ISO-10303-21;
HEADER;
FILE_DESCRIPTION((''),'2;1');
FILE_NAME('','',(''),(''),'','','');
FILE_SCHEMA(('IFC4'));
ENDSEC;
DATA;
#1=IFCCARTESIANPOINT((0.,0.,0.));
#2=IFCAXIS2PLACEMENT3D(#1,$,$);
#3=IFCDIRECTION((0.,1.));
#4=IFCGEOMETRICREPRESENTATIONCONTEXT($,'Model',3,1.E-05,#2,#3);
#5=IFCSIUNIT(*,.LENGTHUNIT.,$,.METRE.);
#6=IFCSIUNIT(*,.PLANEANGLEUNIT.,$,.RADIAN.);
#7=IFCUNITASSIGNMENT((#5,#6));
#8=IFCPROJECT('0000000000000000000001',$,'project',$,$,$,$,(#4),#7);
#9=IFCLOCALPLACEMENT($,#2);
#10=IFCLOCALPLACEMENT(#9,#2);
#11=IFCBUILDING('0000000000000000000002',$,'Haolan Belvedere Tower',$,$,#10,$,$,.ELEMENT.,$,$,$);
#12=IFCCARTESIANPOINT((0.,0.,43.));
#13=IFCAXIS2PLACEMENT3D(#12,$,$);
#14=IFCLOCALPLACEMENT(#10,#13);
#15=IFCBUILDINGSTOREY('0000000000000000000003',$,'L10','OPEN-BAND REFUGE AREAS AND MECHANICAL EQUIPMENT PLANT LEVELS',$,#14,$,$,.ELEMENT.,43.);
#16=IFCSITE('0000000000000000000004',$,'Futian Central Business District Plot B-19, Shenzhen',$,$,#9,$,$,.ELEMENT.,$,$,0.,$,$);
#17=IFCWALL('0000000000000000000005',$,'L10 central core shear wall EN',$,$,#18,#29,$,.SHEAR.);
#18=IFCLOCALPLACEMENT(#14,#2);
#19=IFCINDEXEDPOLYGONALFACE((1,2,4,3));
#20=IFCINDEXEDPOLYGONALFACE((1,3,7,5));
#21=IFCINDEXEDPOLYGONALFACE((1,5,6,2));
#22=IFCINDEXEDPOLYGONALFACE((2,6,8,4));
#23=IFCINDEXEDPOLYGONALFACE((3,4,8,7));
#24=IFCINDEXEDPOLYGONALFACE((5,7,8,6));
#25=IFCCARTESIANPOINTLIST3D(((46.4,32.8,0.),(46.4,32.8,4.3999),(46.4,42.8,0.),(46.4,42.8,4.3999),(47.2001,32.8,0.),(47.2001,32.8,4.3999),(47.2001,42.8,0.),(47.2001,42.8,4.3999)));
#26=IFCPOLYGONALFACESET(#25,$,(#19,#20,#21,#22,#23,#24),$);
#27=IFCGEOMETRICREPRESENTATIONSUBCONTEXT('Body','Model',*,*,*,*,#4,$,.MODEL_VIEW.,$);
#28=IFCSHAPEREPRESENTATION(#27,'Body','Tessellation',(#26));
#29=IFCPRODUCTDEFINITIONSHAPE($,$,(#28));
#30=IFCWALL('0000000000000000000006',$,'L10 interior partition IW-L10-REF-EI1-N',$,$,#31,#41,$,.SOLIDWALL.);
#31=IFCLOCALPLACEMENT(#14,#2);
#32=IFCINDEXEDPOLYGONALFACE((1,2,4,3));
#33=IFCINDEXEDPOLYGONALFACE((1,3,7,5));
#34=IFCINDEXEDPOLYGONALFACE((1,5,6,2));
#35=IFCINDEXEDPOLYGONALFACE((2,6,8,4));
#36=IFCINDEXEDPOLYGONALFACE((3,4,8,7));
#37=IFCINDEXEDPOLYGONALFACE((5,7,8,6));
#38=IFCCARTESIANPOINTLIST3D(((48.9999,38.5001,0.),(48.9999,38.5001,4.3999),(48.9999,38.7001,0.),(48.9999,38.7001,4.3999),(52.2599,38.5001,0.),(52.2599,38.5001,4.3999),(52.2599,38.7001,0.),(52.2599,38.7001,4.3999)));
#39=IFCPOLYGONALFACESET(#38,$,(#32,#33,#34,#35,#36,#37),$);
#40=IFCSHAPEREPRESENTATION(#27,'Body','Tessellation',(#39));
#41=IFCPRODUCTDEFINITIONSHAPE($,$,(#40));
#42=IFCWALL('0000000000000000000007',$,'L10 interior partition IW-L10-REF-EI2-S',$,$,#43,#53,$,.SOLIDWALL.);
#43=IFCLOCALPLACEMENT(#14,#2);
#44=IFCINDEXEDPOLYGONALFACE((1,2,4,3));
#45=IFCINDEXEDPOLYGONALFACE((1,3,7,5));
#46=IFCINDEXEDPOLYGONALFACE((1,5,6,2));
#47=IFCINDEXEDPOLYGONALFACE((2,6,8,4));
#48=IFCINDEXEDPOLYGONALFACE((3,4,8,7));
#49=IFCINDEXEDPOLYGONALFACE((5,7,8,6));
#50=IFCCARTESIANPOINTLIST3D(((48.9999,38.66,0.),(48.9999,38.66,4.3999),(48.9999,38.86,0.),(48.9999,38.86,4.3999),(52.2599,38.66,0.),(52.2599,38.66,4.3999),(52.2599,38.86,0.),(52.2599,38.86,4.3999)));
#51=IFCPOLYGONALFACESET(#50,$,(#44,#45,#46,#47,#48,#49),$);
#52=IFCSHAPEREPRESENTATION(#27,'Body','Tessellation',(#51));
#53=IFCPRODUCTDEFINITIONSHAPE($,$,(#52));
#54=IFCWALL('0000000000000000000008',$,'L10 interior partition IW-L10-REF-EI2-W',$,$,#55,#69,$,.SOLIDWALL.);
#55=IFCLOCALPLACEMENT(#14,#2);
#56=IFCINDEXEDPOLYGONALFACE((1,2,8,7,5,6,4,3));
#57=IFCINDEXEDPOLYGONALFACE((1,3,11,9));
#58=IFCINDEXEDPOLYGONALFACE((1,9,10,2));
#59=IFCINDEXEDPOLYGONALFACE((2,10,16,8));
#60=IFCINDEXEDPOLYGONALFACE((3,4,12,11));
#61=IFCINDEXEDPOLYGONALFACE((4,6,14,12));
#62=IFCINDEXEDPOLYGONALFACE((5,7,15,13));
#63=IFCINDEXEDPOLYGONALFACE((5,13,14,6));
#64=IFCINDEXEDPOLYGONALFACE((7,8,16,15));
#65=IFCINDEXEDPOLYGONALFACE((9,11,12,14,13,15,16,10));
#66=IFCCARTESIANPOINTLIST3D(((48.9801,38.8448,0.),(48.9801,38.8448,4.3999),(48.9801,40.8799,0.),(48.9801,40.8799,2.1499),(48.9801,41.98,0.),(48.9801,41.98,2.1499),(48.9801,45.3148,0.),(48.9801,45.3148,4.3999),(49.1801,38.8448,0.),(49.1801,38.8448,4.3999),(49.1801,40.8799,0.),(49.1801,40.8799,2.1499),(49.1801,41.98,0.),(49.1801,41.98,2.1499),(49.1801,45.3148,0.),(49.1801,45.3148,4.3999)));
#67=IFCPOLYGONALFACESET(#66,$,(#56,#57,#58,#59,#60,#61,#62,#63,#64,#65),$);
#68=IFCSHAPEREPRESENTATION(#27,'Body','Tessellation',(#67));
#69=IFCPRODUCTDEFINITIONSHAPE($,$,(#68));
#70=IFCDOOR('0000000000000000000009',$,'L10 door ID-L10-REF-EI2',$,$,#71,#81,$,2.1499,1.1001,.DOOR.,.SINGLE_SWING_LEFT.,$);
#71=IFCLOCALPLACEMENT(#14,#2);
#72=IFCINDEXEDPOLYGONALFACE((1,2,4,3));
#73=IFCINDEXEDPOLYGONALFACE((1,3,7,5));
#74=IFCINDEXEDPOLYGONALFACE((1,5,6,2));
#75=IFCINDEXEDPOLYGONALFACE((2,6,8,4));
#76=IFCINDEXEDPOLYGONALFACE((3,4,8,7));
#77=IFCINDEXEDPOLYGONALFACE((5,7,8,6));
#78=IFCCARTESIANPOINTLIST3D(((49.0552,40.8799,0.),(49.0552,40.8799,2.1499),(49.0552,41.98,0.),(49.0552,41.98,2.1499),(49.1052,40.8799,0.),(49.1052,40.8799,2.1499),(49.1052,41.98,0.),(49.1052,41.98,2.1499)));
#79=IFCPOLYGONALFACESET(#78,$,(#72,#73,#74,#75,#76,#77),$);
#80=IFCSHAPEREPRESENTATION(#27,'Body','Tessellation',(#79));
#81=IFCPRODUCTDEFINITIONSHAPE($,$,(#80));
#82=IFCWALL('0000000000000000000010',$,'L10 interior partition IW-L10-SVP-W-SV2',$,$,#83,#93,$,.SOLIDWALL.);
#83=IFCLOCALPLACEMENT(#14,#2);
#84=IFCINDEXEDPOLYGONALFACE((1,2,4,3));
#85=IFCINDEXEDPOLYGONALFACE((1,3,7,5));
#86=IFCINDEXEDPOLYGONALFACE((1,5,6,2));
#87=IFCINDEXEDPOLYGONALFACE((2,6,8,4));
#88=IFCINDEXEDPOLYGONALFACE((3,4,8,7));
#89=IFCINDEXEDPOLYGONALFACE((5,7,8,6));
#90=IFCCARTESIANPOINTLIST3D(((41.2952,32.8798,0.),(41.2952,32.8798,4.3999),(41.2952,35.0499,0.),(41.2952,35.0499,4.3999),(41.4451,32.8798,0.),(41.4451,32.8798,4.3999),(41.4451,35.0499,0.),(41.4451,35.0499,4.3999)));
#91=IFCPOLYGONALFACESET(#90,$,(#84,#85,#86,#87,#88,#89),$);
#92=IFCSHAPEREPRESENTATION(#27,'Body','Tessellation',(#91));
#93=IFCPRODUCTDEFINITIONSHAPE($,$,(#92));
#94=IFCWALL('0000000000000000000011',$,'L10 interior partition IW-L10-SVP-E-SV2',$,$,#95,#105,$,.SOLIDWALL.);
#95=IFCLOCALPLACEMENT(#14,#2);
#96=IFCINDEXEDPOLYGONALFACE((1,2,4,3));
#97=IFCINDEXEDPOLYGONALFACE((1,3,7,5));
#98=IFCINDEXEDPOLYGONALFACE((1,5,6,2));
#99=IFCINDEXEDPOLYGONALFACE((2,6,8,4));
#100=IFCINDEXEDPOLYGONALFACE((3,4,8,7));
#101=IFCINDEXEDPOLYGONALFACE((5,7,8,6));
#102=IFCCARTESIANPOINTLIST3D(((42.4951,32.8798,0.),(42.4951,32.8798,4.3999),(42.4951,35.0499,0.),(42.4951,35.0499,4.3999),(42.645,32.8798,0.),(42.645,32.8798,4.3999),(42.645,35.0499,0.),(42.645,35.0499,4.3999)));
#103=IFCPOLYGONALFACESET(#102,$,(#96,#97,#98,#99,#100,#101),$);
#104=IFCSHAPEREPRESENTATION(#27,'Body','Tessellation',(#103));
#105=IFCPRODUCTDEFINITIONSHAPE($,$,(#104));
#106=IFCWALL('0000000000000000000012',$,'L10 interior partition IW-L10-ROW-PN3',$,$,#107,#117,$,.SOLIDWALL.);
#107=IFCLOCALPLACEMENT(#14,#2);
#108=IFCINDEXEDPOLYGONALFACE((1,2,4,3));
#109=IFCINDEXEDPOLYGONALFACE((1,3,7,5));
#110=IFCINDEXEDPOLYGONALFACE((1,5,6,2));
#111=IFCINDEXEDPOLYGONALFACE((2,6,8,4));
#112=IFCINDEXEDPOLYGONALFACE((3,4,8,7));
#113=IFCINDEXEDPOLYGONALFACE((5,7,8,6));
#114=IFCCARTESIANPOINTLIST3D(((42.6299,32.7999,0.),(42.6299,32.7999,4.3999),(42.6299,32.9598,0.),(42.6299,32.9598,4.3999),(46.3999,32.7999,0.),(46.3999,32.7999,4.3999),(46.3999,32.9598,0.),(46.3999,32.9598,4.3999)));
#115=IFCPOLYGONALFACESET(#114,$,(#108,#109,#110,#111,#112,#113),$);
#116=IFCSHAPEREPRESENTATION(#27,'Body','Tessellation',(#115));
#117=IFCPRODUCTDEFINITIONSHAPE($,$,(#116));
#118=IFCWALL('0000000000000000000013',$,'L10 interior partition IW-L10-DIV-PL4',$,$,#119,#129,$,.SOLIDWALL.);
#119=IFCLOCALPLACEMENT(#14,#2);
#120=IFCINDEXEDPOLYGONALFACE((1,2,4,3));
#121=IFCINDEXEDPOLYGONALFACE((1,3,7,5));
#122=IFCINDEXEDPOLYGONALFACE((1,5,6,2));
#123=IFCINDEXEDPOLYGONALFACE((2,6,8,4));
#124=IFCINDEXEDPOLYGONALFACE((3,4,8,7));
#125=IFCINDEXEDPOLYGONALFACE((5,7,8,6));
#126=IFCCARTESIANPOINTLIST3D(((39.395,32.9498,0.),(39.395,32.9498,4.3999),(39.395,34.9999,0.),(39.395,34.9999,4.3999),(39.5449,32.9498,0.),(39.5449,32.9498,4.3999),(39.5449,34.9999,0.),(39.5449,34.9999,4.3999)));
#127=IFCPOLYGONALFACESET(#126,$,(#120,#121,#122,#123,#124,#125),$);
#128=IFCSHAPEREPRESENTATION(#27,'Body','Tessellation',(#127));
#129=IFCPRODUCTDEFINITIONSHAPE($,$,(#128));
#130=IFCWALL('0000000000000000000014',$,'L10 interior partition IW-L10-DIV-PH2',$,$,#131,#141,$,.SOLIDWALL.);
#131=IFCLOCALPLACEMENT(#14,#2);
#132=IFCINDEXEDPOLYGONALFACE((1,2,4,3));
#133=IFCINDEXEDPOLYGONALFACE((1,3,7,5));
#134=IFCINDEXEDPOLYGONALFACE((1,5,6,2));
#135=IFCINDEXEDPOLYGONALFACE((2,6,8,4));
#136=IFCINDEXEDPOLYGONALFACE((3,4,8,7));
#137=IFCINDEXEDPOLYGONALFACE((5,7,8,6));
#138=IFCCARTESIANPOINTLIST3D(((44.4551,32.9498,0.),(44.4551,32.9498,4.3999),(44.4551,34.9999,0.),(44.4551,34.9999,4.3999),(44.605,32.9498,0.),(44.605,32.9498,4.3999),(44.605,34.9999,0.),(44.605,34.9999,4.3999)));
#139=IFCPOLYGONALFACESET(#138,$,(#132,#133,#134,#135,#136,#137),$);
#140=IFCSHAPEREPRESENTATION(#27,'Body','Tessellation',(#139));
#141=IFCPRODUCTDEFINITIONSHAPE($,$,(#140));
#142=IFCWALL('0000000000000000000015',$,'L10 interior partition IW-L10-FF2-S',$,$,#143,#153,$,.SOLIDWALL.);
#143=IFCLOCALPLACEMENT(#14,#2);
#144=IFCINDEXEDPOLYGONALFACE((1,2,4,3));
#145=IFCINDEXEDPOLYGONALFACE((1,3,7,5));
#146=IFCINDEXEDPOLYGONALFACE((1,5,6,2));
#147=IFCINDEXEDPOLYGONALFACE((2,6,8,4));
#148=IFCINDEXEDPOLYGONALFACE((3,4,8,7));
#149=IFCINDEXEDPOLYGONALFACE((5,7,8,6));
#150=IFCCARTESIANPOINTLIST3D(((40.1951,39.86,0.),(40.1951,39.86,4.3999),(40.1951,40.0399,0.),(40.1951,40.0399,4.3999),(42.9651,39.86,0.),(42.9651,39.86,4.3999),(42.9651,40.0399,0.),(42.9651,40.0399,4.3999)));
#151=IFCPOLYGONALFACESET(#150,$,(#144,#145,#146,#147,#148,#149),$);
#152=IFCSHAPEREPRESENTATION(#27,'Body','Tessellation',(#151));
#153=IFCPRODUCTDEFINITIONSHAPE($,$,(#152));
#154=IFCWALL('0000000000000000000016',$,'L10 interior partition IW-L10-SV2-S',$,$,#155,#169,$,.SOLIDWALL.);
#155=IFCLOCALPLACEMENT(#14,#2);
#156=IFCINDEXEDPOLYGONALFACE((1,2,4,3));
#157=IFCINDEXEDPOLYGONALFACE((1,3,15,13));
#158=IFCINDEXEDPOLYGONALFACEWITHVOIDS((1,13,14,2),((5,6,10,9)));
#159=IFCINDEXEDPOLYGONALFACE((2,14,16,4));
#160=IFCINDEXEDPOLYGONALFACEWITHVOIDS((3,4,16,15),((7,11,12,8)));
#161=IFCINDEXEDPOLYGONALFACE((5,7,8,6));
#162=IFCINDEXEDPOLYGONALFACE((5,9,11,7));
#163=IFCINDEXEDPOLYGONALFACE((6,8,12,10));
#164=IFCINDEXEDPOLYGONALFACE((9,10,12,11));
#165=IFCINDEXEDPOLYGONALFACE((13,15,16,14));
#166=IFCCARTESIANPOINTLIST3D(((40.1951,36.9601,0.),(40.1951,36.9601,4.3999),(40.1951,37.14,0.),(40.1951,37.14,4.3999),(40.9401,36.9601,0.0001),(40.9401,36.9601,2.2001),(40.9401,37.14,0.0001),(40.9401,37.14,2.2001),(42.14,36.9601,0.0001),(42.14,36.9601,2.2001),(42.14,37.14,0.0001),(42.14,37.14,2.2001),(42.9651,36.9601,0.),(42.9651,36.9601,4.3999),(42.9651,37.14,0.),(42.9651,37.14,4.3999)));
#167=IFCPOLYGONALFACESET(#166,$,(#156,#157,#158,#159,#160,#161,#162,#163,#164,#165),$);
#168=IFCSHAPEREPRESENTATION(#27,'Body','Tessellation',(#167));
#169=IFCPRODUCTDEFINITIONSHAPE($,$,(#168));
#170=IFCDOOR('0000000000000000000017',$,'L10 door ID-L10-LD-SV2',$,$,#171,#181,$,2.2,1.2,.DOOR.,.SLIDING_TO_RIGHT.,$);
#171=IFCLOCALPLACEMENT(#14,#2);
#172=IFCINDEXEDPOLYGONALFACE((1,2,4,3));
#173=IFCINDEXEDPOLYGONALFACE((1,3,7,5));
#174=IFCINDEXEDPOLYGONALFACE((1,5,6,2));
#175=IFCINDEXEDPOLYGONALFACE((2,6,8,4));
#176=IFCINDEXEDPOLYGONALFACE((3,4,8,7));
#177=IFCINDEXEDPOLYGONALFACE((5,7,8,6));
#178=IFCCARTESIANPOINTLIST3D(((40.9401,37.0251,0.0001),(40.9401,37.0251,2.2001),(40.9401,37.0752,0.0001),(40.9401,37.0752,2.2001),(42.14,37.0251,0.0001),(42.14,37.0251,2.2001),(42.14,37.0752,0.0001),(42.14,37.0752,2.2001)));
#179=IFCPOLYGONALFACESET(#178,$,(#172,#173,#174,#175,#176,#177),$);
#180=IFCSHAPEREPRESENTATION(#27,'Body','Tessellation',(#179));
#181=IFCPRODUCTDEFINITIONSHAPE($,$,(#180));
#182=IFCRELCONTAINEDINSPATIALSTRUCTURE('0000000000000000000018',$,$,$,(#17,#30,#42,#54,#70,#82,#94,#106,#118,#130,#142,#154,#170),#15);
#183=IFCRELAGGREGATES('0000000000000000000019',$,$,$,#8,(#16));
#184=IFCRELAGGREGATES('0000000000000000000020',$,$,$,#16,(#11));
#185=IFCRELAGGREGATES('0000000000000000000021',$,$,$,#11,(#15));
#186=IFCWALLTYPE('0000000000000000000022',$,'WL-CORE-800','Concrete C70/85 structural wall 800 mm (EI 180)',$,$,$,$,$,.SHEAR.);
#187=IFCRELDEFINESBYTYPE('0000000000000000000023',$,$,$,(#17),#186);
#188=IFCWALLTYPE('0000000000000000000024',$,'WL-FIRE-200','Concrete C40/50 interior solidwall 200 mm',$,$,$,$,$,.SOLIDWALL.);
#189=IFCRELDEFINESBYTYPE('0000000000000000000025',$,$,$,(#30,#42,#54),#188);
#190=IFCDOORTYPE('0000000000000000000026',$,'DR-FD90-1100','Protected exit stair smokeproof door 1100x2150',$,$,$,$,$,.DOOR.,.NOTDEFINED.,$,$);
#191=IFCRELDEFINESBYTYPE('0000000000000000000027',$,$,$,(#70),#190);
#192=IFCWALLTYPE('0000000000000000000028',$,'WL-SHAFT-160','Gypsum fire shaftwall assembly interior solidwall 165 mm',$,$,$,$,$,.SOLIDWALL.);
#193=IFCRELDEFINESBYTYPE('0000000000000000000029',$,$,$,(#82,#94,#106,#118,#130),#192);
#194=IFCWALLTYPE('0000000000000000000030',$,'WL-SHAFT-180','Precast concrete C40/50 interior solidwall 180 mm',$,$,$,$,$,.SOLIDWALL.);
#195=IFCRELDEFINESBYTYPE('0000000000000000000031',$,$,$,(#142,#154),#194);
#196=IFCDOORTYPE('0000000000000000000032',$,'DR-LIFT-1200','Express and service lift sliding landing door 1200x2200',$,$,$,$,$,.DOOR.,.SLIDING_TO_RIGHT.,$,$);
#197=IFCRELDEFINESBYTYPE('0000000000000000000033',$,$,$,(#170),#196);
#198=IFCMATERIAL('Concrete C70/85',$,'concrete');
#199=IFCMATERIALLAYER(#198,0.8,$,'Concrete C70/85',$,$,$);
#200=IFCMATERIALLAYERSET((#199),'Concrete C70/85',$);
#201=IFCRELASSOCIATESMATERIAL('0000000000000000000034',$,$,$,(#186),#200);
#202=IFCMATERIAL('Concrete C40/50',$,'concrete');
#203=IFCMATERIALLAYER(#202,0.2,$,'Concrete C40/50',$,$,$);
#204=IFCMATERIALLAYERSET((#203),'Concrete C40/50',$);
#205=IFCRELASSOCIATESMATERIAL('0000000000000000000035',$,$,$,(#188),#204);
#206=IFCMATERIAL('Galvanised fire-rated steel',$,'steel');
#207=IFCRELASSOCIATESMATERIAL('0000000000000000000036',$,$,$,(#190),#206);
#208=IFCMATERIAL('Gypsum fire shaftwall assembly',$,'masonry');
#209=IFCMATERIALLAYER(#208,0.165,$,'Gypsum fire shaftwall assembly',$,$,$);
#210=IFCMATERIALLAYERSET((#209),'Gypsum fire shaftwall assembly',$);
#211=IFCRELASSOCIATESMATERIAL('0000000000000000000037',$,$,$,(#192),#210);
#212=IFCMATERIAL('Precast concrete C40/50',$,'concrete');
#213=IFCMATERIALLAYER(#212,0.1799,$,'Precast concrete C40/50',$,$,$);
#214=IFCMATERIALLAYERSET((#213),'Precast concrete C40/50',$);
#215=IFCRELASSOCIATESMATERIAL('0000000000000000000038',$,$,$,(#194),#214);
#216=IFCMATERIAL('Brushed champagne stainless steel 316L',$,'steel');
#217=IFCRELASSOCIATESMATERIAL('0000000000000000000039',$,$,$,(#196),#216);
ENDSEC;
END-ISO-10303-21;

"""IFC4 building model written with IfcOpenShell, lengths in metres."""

from ifc_helpers import new_model, si_unit, direction, frame, frame_2d, origin, place, context, subcontext, project, spatial, rectangle, extrude, material, layer, layer_set, type_object, element, fill, save


model = new_model("IFC4")

# Units and contexts
model_context = context("Model", 3, precision=1e-05, world=origin(), true_north=direction((0.0, 1.0)))
body_context = subcontext(model_context, "Body", "Model", "MODEL_VIEW")
ifc_project = project(units=[si_unit("LENGTHUNIT", "METRE"), si_unit("PLANEANGLEUNIT", "RADIAN")], contexts=[model_context])

# Site, building, storey
site_placement = place(None, origin())
site = spatial("IfcSite", under=ifc_project, at=site_placement, Name="Futian Central Business District Plot B-19, Shenzhen", CompositionType="ELEMENT", RefElevation=0.0)
building_placement = place(site_placement, origin())
building = spatial("IfcBuilding", under=site, at=building_placement, Name="Haolan Belvedere Tower", CompositionType="ELEMENT")
storey_placement = place(building_placement, frame((0.0, 0.0, 43.0)))
storey = spatial("IfcBuildingStorey", under=building, at=storey_placement, Name="L10", Description="OPEN-BAND REFUGE AREAS AND MECHANICAL EQUIPMENT PLANT LEVELS", CompositionType="ELEMENT", Elevation=43.0)

# Walls
ifc_material_1 = material(Name="Concrete C70/85", Category="concrete")
ifc_layer_1 = layer(ifc_material_1, 0.8, Name="Concrete C70/85")
ifc_layer_set_1 = layer_set([ifc_layer_1], Name="Concrete C70/85")
wall_type_1 = type_object("IfcWallType", Name="WL-CORE-800", Description="Concrete C70/85 structural wall 800 mm (EI 180)", PredefinedType="SHEAR", material=ifc_layer_set_1)
wall_1_placement = place(storey_placement, frame((46.8, 32.8, 0.0), z_axis=(0.0, 0.0, 1.0), x_axis=(0.0, 1.0, 0.0)))
element("IfcWall", 1, at=wall_1_placement, inside=storey, type_object=wall_type_1, Name="L10 central core shear wall EN", PredefinedType="SHEAR", context=body_context, shape_type="SweptSolid", body=[
    extrude(rectangle(XDim=10.0, YDim=0.8, at=frame_2d((5.0, 0.0))), origin(), (0.0, 0.0, 1.0), 4.3999),
])
ifc_material_2 = material(Name="Concrete C40/50", Category="concrete")
ifc_layer_2 = layer(ifc_material_2, 0.2, Name="Concrete C40/50")
ifc_layer_set_2 = layer_set([ifc_layer_2], Name="Concrete C40/50")
wall_type_2 = type_object("IfcWallType", Name="WL-FIRE-200", Description="Concrete C40/50 interior solidwall 200 mm", PredefinedType="SOLIDWALL", material=ifc_layer_set_2)
for number, where, z_axis, x_axis, name in (
    (2, (49.0, 38.6001, 0.0), (0.0, 0.0, 1.0), (1.0, 0.0, 0.0), "L10 interior partition IW-L10-REF-EI1-N"),
    (3, (49.0, 38.76, 0.0), (0.0, 0.0, 1.0), (1.0, 0.0, 0.0), "L10 interior partition IW-L10-REF-EI2-S"),
):
    element("IfcWall", number, at=place(storey_placement, frame(where, z_axis=z_axis, x_axis=x_axis)), inside=storey, type_object=wall_type_2, Name=name, PredefinedType="SOLIDWALL", context=body_context, shape_type="SweptSolid", body=[
        extrude(rectangle(XDim=3.26, YDim=0.2, at=frame_2d((1.6299, 0.0))), origin(), (0.0, 0.0, 1.0), 4.3999),
    ])

# Wall, opening, door
wall_2_placement = place(storey_placement, frame((49.0801, 38.845, 0.0), z_axis=(0.0, 0.0, 1.0), x_axis=(0.0, 1.0, 0.0)))
wall_2 = element("IfcWall", 4, at=wall_2_placement, inside=storey, type_object=wall_type_2, Name="L10 interior partition IW-L10-REF-EI2-W", PredefinedType="SOLIDWALL", context=body_context, shape_type="SweptSolid", body=[
    extrude(rectangle(XDim=6.47, YDim=0.2, at=frame_2d((3.2349, 0.0))), origin(), (0.0, 0.0, 1.0), 4.3999),
])
opening_1_placement = place(wall_2_placement, frame((2.0349, 0.0, 0.0)))
opening_1 = element("IfcOpeningElement", 5, at=opening_1_placement, cuts=wall_2, PredefinedType="OPENING", context=body_context, shape_type="SweptSolid", body=[
    extrude(rectangle(XDim=1.1001, YDim=2.1499, at=frame_2d((0.55, 1.075))), frame((0.0, 0.1099, 0.0), z_axis=(0.0, -1.0, 0.0), x_axis=(1.0, 0.0, 0.0)), (0.0, 0.0, 1.0), 0.22),
])
ifc_material_3 = material(Name="Galvanised fire-rated steel", Category="steel")
door_type_1 = type_object("IfcDoorType", Name="DR-FD90-1100", Description="Protected exit stair smokeproof door 1100x2150", OperationType="NOTDEFINED", PredefinedType="DOOR", material=ifc_material_3)
door_1_placement = place(opening_1_placement, origin())
door_1 = element("IfcDoor", 6, at=door_1_placement, inside=storey, type_object=door_type_1, Name="L10 door ID-L10-REF-EI2", OperationType="SINGLE_SWING_LEFT", OverallHeight=2.1499, OverallWidth=1.1001, PredefinedType="DOOR", context=body_context, shape_type="SweptSolid", body=[
    extrude(rectangle(XDim=1.1001, YDim=2.1499, at=frame_2d((0.55, 1.075))), frame((0.0, 0.0249, 0.0), z_axis=(0.0, -1.0, 0.0), x_axis=(1.0, 0.0, 0.0)), (0.0, 0.0, 1.0), 0.05),
])
fill(opening_1, door_1)

# Walls
ifc_material_4 = material(Name="Gypsum fire shaftwall assembly", Category="masonry")
ifc_layer_3 = layer(ifc_material_4, 0.165, Name="Gypsum fire shaftwall assembly")
ifc_layer_set_3 = layer_set([ifc_layer_3], Name="Gypsum fire shaftwall assembly")
wall_type_3 = type_object("IfcWallType", Name="WL-SHAFT-160", Description="Gypsum fire shaftwall assembly interior solidwall 165 mm", PredefinedType="SOLIDWALL", material=ifc_layer_set_3)
for number, where, z_axis, x_axis, name in (
    (7, (41.3701, 32.8799, 0.0), (0.0, 0.0, 1.0), (0.0, 1.0, 0.0), "L10 interior partition IW-L10-SVP-W-SV2"),
    (8, (42.5701, 32.8799, 0.0), (0.0, 0.0, 1.0), (0.0, 1.0, 0.0), "L10 interior partition IW-L10-SVP-E-SV2"),
):
    element("IfcWall", number, at=place(storey_placement, frame(where, z_axis=z_axis, x_axis=x_axis)), inside=storey, type_object=wall_type_3, Name=name, PredefinedType="SOLIDWALL", context=body_context, shape_type="SweptSolid", body=[
        extrude(rectangle(XDim=2.1702, YDim=0.1499, at=frame_2d((1.085, 0.0))), origin(), (0.0, 0.0, 1.0), 4.3999),
    ])
wall_3_placement = place(storey_placement, frame((42.6299, 32.8799, 0.0), z_axis=(0.0, 0.0, 1.0), x_axis=(1.0, 0.0, 0.0)))
element("IfcWall", 9, at=wall_3_placement, inside=storey, type_object=wall_type_3, Name="L10 interior partition IW-L10-ROW-PN3", PredefinedType="SOLIDWALL", context=body_context, shape_type="SweptSolid", body=[
    extrude(rectangle(XDim=3.77, YDim=0.1599, at=frame_2d((1.885, 0.0))), origin(), (0.0, 0.0, 1.0), 4.3999),
])
for number, where, z_axis, x_axis, name in (
    (10, (39.47, 32.95, 0.0), (0.0, 0.0, 1.0), (0.0, 1.0, 0.0), "L10 interior partition IW-L10-DIV-PL4"),
    (11, (44.53, 32.95, 0.0), (0.0, 0.0, 1.0), (0.0, 1.0, 0.0), "L10 interior partition IW-L10-DIV-PH2"),
):
    element("IfcWall", number, at=place(storey_placement, frame(where, z_axis=z_axis, x_axis=x_axis)), inside=storey, type_object=wall_type_3, Name=name, PredefinedType="SOLIDWALL", context=body_context, shape_type="SweptSolid", body=[
        extrude(rectangle(XDim=2.05, YDim=0.1499, at=frame_2d((1.0249, 0.0))), origin(), (0.0, 0.0, 1.0), 4.3999),
    ])
ifc_material_5 = material(Name="Precast concrete C40/50", Category="concrete")
ifc_layer_4 = layer(ifc_material_5, 0.1799, Name="Precast concrete C40/50")
ifc_layer_set_4 = layer_set([ifc_layer_4], Name="Precast concrete C40/50")
wall_type_4 = type_object("IfcWallType", Name="WL-SHAFT-180", Description="Precast concrete C40/50 interior solidwall 180 mm", PredefinedType="SOLIDWALL", material=ifc_layer_set_4)
wall_4_placement = place(storey_placement, frame((40.1951, 39.95, 0.0), z_axis=(0.0, 0.0, 1.0), x_axis=(1.0, 0.0, 0.0)))
element("IfcWall", 12, at=wall_4_placement, inside=storey, type_object=wall_type_4, Name="L10 interior partition IW-L10-FF2-S", PredefinedType="SOLIDWALL", context=body_context, shape_type="SweptSolid", body=[
    extrude(rectangle(XDim=2.77, YDim=0.1799, at=frame_2d((1.385, 0.0))), origin(), (0.0, 0.0, 1.0), 4.3999),
])

# Wall, opening, door
wall_5_placement = place(storey_placement, frame((40.1951, 37.05, 0.0), z_axis=(0.0, 0.0, 1.0), x_axis=(1.0, 0.0, 0.0)))
wall_5 = element("IfcWall", 13, at=wall_5_placement, inside=storey, type_object=wall_type_4, Name="L10 interior partition IW-L10-SV2-S", PredefinedType="SOLIDWALL", context=body_context, shape_type="SweptSolid", body=[
    extrude(rectangle(XDim=2.77, YDim=0.1799, at=frame_2d((1.385, 0.0))), origin(), (0.0, 0.0, 1.0), 4.3999),
])
opening_2_placement = place(wall_5_placement, frame((1.9451, 0.0, 0.0), z_axis=(0.0, 0.0, 1.0), x_axis=(-1.0, 0.0, 0.0)))
opening_2 = element("IfcOpeningElement", 14, at=opening_2_placement, cuts=wall_5, PredefinedType="OPENING", context=body_context, shape_type="SweptSolid", body=[
    extrude(rectangle(XDim=1.2, YDim=2.2, at=frame_2d((0.6001, 1.1001))), frame((0.0, 0.0999, 0.0), z_axis=(0.0, -1.0, 0.0), x_axis=(1.0, 0.0, 0.0)), (0.0, 0.0, 1.0), 0.2),
])
ifc_material_6 = material(Name="Brushed champagne stainless steel 316L", Category="steel")
door_type_2 = type_object("IfcDoorType", Name="DR-LIFT-1200", Description="Express and service lift sliding landing door 1200x2200", OperationType="SLIDING_TO_RIGHT", PredefinedType="DOOR", material=ifc_material_6)
door_2_placement = place(opening_2_placement, origin())
door_2 = element("IfcDoor", 15, at=door_2_placement, inside=storey, type_object=door_type_2, Name="L10 door ID-L10-LD-SV2", OperationType="SLIDING_TO_RIGHT", OverallHeight=2.2, OverallWidth=1.2, PredefinedType="DOOR", context=body_context, shape_type="SweptSolid", body=[
    extrude(rectangle(XDim=1.2, YDim=2.2, at=frame_2d((0.6001, 1.1001))), frame((0.0, 0.0249, 0.0), z_axis=(0.0, -1.0, 0.0), x_axis=(1.0, 0.0, 0.0)), (0.0, 0.0, 1.0), 0.05),
])
fill(opening_2, door_2)

save(model, "model.ifc")
